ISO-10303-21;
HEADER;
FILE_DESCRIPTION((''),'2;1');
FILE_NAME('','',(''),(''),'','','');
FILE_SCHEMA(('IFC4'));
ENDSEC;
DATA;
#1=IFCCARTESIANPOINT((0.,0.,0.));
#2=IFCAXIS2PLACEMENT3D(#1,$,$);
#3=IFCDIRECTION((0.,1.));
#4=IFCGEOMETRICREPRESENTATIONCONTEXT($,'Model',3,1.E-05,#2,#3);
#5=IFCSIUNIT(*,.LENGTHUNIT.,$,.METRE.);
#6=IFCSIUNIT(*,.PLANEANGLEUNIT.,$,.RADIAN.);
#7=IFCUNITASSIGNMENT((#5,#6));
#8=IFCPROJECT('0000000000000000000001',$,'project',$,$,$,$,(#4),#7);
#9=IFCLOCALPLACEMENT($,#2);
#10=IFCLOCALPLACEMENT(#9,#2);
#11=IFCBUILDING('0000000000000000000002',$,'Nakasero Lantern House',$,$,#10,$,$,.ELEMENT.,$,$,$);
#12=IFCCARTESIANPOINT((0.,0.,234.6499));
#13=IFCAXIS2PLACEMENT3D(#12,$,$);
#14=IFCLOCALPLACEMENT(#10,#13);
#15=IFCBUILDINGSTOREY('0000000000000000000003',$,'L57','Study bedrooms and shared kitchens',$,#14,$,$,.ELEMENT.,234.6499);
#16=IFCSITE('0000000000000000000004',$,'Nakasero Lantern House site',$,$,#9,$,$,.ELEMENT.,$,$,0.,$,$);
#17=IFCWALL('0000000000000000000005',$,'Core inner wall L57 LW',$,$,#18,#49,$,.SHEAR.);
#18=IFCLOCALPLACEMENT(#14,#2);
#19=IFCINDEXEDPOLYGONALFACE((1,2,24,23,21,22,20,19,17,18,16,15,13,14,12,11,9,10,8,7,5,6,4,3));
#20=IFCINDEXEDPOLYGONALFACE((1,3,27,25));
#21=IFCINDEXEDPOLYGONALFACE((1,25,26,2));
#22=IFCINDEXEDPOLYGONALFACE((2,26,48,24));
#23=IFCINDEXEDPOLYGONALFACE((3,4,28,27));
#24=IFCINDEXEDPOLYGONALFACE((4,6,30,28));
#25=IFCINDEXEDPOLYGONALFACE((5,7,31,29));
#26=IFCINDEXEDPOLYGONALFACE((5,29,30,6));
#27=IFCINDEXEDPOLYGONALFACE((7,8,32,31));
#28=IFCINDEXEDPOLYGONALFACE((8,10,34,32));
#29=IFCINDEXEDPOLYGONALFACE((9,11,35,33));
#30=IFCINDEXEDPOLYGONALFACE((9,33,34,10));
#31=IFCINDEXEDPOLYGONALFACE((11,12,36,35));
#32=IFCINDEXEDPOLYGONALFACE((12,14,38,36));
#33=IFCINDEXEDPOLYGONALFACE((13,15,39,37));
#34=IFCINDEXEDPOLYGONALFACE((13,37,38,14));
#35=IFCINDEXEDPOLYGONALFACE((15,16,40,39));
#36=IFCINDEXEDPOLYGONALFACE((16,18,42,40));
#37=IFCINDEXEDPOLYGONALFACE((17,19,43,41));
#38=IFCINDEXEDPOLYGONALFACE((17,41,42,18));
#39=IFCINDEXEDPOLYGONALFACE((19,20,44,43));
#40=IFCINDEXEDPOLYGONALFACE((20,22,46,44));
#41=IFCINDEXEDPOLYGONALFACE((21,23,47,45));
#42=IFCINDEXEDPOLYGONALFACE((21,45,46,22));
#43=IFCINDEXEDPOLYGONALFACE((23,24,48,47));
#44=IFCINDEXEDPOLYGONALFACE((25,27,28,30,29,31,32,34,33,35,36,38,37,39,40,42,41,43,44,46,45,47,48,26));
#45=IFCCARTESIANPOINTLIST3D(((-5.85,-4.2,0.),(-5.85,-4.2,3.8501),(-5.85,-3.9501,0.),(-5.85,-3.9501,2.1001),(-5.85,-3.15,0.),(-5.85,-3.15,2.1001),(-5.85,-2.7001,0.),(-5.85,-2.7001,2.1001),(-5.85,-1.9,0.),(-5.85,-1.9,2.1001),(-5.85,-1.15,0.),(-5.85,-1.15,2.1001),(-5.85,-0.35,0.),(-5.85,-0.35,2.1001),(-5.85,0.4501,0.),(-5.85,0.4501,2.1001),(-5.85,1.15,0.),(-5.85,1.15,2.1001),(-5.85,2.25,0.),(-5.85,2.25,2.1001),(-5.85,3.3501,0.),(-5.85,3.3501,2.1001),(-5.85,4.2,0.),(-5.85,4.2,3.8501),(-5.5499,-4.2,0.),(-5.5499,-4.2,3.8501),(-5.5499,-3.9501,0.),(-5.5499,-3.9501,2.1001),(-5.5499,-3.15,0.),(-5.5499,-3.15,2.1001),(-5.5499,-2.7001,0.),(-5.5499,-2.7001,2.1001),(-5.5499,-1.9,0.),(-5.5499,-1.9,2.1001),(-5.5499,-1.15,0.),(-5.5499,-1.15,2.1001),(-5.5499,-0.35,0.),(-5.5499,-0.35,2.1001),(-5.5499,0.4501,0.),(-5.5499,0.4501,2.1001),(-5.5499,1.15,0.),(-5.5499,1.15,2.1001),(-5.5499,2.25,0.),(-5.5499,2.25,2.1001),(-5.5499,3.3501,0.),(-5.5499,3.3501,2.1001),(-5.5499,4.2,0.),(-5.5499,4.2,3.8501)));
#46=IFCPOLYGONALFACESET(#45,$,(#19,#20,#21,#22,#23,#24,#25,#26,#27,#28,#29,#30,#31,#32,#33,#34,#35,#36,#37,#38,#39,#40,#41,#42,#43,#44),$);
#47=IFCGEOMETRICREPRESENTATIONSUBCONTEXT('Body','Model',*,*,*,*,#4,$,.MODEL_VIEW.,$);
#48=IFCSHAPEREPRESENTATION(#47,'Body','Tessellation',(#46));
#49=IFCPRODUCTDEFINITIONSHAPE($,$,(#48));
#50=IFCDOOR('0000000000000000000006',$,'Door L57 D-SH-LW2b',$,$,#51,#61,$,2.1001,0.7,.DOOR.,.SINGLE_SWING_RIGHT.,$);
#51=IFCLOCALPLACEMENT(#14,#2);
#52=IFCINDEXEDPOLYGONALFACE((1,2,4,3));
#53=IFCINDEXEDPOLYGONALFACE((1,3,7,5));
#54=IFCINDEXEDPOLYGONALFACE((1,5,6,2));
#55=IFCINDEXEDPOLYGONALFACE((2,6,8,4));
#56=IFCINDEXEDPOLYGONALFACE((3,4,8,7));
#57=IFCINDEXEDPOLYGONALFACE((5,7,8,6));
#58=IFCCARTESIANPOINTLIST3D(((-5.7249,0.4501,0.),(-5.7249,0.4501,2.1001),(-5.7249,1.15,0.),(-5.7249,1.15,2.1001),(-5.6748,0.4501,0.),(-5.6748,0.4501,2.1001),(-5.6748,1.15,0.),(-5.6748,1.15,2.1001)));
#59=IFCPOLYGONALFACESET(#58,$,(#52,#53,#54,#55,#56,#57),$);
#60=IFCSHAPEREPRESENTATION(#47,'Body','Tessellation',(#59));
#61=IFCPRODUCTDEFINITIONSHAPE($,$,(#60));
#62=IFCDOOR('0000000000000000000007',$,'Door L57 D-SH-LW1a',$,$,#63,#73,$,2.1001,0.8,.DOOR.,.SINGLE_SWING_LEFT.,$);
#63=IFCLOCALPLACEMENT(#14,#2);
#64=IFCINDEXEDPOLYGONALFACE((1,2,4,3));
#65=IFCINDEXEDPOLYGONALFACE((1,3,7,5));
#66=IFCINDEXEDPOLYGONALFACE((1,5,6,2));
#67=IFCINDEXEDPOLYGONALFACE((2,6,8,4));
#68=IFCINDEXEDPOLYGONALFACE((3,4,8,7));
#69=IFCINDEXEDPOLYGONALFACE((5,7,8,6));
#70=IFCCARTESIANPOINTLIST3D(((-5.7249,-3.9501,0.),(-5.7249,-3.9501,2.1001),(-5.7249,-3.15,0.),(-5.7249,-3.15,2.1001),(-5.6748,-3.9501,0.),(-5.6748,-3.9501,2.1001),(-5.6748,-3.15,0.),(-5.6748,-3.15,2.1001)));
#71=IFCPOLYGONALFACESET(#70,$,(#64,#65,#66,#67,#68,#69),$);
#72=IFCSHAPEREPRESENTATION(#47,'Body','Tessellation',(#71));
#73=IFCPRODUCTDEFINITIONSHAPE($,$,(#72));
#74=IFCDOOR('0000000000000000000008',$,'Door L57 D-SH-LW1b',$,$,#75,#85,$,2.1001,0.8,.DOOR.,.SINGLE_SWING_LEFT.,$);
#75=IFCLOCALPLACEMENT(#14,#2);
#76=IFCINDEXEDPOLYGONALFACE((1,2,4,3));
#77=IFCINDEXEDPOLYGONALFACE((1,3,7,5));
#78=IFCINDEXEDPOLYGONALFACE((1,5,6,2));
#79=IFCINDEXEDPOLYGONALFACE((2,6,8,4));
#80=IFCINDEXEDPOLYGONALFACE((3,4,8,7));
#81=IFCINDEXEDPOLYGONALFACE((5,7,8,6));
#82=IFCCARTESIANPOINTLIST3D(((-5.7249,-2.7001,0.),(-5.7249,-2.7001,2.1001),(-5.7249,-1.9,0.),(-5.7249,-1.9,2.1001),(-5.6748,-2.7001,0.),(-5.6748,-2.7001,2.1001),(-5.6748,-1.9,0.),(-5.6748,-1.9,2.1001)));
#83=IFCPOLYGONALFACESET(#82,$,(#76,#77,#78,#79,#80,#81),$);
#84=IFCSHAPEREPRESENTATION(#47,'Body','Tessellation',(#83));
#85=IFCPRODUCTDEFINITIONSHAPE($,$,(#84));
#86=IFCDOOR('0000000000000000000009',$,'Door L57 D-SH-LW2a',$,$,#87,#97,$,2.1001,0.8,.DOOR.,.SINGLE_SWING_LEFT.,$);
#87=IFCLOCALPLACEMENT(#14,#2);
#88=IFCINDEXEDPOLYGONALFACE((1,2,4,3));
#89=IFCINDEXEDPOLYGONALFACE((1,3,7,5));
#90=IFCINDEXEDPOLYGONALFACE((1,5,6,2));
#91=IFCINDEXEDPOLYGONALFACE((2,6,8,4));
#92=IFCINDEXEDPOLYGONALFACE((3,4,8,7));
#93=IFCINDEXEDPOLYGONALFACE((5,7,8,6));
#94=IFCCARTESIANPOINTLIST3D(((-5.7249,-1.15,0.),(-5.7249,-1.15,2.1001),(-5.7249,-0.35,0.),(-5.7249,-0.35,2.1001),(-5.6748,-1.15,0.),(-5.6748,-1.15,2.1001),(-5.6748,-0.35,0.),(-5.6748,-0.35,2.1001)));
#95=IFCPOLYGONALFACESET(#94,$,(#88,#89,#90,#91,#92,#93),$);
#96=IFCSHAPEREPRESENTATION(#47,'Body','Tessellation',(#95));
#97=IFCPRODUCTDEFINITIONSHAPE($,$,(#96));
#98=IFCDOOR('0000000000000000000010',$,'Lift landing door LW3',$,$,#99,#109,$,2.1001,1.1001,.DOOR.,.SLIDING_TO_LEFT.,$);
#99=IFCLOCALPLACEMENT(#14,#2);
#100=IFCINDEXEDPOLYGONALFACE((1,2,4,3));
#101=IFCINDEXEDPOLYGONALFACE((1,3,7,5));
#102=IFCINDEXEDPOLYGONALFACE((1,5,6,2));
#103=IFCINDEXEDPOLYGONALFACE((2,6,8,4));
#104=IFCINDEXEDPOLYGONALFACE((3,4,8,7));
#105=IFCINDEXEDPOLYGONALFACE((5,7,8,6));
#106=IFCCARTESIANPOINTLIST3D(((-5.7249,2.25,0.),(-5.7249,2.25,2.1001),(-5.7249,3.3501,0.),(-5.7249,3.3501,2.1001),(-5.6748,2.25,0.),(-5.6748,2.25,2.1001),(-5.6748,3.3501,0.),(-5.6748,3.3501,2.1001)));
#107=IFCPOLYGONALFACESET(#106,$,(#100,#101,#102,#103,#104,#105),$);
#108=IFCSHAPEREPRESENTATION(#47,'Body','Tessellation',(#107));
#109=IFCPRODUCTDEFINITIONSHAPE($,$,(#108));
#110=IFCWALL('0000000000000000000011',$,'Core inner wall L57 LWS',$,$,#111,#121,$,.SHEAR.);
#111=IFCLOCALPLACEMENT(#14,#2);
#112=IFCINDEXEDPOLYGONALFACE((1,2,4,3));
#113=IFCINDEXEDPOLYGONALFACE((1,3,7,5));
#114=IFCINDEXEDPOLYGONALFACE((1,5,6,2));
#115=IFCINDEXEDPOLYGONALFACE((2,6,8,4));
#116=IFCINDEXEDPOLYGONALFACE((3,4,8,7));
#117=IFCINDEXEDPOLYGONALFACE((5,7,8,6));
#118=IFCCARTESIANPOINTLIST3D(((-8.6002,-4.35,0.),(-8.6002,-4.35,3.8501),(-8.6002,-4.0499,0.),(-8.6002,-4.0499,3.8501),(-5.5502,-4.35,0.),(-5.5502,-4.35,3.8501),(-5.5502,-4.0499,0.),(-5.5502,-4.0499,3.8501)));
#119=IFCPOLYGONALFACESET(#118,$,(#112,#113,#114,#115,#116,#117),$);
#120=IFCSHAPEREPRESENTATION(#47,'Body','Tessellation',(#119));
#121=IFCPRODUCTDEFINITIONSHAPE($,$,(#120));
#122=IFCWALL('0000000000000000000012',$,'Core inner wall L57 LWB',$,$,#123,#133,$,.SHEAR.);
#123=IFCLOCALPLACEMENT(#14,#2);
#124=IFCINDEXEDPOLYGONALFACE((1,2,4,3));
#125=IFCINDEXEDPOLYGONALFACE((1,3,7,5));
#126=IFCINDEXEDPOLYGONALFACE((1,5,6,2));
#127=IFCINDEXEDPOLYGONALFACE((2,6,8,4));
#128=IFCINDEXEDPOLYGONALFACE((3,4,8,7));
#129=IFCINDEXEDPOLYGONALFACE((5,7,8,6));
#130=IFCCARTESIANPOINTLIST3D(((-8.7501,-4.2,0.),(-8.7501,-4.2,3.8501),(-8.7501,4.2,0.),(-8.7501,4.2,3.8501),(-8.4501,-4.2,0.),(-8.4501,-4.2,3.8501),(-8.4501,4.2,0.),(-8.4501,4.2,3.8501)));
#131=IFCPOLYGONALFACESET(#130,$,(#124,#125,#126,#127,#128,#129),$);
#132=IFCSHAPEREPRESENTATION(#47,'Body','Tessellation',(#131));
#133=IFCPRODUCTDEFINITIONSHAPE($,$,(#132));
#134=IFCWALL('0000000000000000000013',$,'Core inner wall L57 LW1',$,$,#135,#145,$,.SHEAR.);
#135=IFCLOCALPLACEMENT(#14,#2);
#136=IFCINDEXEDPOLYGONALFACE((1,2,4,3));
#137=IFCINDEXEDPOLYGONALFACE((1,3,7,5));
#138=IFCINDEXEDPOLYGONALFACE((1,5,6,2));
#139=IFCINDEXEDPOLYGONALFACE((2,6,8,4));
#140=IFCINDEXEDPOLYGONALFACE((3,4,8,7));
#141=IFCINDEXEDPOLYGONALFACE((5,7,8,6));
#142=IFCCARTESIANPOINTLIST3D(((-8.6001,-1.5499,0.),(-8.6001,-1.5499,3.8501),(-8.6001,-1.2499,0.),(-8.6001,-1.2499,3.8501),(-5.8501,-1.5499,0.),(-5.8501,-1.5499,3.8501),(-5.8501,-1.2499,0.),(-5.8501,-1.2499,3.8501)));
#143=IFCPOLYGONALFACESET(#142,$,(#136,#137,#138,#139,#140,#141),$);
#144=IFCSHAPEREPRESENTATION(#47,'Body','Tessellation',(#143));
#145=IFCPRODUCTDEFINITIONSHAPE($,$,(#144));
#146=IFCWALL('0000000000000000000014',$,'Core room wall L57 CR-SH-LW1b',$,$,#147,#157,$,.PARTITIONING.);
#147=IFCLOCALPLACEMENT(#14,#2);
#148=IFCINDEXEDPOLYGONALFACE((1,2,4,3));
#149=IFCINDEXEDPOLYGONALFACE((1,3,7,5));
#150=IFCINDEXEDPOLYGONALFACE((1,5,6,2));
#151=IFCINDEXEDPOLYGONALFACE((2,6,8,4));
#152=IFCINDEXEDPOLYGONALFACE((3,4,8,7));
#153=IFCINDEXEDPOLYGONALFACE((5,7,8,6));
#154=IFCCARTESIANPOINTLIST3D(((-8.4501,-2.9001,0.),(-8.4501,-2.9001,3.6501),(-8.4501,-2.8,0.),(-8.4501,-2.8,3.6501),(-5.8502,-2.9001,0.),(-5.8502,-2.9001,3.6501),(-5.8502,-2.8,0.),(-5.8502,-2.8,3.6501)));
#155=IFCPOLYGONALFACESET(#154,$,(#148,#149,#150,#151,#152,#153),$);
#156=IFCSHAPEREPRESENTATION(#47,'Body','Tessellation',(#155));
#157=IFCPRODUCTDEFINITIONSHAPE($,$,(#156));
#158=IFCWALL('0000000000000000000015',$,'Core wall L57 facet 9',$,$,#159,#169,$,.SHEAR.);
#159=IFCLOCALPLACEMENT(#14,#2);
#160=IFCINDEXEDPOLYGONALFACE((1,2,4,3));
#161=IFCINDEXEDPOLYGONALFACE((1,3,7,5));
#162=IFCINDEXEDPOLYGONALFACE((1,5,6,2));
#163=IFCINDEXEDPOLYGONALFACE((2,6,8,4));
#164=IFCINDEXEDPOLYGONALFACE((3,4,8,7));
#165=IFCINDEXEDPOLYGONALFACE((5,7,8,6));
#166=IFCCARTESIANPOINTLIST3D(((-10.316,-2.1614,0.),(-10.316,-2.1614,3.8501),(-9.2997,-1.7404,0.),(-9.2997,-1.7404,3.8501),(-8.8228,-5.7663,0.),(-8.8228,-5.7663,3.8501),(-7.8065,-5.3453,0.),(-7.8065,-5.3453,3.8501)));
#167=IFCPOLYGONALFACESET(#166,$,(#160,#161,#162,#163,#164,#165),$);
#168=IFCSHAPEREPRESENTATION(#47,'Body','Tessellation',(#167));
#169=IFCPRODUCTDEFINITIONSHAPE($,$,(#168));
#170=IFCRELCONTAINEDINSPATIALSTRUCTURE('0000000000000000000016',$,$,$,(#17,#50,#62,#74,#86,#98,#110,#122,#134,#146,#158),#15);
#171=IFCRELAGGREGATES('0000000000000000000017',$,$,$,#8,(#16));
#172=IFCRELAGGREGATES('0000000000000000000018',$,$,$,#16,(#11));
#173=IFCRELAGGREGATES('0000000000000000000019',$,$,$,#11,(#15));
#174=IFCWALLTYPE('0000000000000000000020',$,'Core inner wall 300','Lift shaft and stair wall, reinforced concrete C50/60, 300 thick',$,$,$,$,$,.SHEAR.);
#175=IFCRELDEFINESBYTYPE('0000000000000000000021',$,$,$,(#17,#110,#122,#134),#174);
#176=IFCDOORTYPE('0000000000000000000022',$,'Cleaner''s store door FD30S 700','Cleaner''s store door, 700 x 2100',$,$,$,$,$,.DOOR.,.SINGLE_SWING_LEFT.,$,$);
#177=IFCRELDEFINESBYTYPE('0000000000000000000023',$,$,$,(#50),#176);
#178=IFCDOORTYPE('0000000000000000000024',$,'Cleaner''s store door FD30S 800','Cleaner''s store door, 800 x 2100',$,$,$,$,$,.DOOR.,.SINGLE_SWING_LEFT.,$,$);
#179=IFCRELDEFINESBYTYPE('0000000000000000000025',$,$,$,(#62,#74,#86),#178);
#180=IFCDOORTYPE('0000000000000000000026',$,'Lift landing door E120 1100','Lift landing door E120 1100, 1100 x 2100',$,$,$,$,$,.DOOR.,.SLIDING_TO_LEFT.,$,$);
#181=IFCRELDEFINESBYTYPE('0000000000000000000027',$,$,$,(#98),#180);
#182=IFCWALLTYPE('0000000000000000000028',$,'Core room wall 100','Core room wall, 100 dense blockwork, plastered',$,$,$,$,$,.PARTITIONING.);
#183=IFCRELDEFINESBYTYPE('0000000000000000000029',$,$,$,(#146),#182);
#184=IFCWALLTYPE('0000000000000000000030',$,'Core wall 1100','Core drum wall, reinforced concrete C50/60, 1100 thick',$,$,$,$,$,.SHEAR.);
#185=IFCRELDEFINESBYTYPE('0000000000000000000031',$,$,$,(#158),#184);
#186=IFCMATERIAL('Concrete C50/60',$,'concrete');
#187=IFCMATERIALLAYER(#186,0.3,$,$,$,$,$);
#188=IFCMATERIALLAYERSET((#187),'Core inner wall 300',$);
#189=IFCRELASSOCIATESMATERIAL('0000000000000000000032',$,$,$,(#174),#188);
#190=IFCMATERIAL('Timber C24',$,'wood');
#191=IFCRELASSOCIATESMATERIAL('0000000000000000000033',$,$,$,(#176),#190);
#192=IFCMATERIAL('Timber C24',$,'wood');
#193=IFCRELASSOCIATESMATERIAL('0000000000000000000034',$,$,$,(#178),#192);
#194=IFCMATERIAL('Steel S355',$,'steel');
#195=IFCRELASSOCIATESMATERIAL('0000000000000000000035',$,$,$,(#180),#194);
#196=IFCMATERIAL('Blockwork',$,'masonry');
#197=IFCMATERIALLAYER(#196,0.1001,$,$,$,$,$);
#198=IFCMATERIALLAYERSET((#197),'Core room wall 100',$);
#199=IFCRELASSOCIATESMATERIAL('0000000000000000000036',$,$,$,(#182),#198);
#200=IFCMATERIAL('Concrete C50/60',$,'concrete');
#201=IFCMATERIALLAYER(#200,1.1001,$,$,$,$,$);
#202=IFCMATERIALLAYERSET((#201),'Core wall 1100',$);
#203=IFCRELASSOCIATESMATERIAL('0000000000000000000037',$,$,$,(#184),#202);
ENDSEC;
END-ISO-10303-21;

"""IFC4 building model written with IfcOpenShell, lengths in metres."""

from ifc_helpers import new_model, si_unit, direction, frame, frame_2d, origin, place, context, subcontext, project, spatial, rectangle, extrude, material, layer, layer_set, type_object, element, fill, save


model = new_model("IFC4")

# Units and contexts
model_context = context("Model", 3, precision=1e-05, world=origin(), true_north=direction((0.0, 1.0)))
body_context = subcontext(model_context, "Body", "Model", "MODEL_VIEW")
ifc_project = project(units=[si_unit("LENGTHUNIT", "METRE"), si_unit("PLANEANGLEUNIT", "RADIAN")], contexts=[model_context])

# Site, building, storey
site_placement = place(None, origin())
site = spatial("IfcSite", under=ifc_project, at=site_placement, Name="Nakasero Lantern House site", CompositionType="ELEMENT", RefElevation=0.0)
building_placement = place(site_placement, origin())
building = spatial("IfcBuilding", under=site, at=building_placement, Name="Nakasero Lantern House", CompositionType="ELEMENT")
storey_placement = place(building_placement, frame((0.0, 0.0, 234.6499)))
storey = spatial("IfcBuildingStorey", under=building, at=storey_placement, Name="L57", Description="Study bedrooms and shared kitchens", CompositionType="ELEMENT", Elevation=234.6499)

# Wall, openings, doors
ifc_material_1 = material(Name="Concrete C50/60", Category="concrete")
ifc_layer_1 = layer(ifc_material_1, 0.3)
ifc_layer_set_1 = layer_set([ifc_layer_1], Name="Core inner wall 300")
wall_type_1 = type_object("IfcWallType", Name="Core inner wall 300", Description="Lift shaft and stair wall, reinforced concrete C50/60, 300 thick", PredefinedType="SHEAR", material=ifc_layer_set_1)
wall_1_placement = place(storey_placement, frame((-5.7, -4.2, 0.0), z_axis=(0.0, 0.0, 1.0), x_axis=(0.0, 1.0, 0.0)))
wall_1 = element("IfcWall", 1, at=wall_1_placement, inside=storey, type_object=wall_type_1, Name="Core inner wall L57 LW", PredefinedType="SHEAR", context=body_context, shape_type="SweptSolid", body=[
    extrude(rectangle(XDim=8.3999, YDim=0.3, at=frame_2d((4.2, 0.0))), origin(), (0.0, 0.0, 1.0), 3.8501),
])
opening_1_placement = place(wall_1_placement, frame((0.25, 0.0, 0.0)))
opening_1 = element("IfcOpeningElement", 2, at=opening_1_placement, cuts=wall_1, PredefinedType="OPENING", context=body_context, shape_type="SweptSolid", body=[
    extrude(rectangle(XDim=0.8, YDim=2.1001, at=frame_2d((0.3999, 1.05))), frame((0.0, 0.1699, 0.0), z_axis=(0.0, -1.0, 0.0), x_axis=(1.0, 0.0, 0.0)), (0.0, 0.0, 1.0), 0.3401),
])
opening_2_placement = place(wall_1_placement, frame((1.5, 0.0, 0.0)))
opening_2 = element("IfcOpeningElement", 3, at=opening_2_placement, cuts=wall_1, PredefinedType="OPENING", context=body_context, shape_type="SweptSolid", body=[
    extrude(rectangle(XDim=0.8, YDim=2.1001, at=frame_2d((0.3999, 1.05))), frame((0.0, 0.1699, 0.0), z_axis=(0.0, -1.0, 0.0), x_axis=(1.0, 0.0, 0.0)), (0.0, 0.0, 1.0), 0.3401),
])
opening_3_placement = place(wall_1_placement, frame((3.05, 0.0, 0.0)))
opening_3 = element("IfcOpeningElement", 4, at=opening_3_placement, cuts=wall_1, PredefinedType="OPENING", context=body_context, shape_type="SweptSolid", body=[
    extrude(rectangle(XDim=0.8, YDim=2.1001, at=frame_2d((0.3999, 1.05))), frame((0.0, 0.1699, 0.0), z_axis=(0.0, -1.0, 0.0), x_axis=(1.0, 0.0, 0.0)), (0.0, 0.0, 1.0), 0.3401),
])
opening_4_placement = place(wall_1_placement, frame((4.6499, 0.0, 0.0)))
opening_4 = element("IfcOpeningElement", 5, at=opening_4_placement, cuts=wall_1, PredefinedType="OPENING", context=body_context, shape_type="SweptSolid", body=[
    extrude(rectangle(XDim=0.7, YDim=2.1001, at=frame_2d((0.3501, 1.05))), frame((0.0, 0.1699, 0.0), z_axis=(0.0, -1.0, 0.0), x_axis=(1.0, 0.0, 0.0)), (0.0, 0.0, 1.0), 0.3401),
])
opening_5_placement = place(wall_1_placement, frame((6.45, 0.0, 0.0)))
opening_5 = element("IfcOpeningElement", 6, at=opening_5_placement, cuts=wall_1, PredefinedType="OPENING", context=body_context, shape_type="SweptSolid", body=[
    extrude(rectangle(XDim=1.1001, YDim=2.1001, at=frame_2d((0.55, 1.05))), frame((0.0, 0.1699, 0.0), z_axis=(0.0, -1.0, 0.0), x_axis=(1.0, 0.0, 0.0)), (0.0, 0.0, 1.0), 0.3401),
])
ifc_material_2 = material(Name="Timber C24", Category="wood")
door_type_1 = type_object("IfcDoorType", Name="Cleaner's store door FD30S 700", Description="Cleaner's store door, 700 x 2100", OperationType="SINGLE_SWING_LEFT", PredefinedType="DOOR", material=ifc_material_2)
door_1_placement = place(opening_4_placement, origin())
door_1 = element("IfcDoor", 7, at=door_1_placement, inside=storey, type_object=door_type_1, Name="Door L57 D-SH-LW2b", OperationType="SINGLE_SWING_RIGHT", OverallHeight=2.1001, OverallWidth=0.7, PredefinedType="DOOR", context=body_context, shape_type="SweptSolid", body=[
    extrude(rectangle(XDim=0.7, YDim=2.1001, at=frame_2d((0.3501, 1.05))), frame((0.0, 0.0249, 0.0), z_axis=(0.0, -1.0, 0.0), x_axis=(1.0, 0.0, 0.0)), (0.0, 0.0, 1.0), 0.05),
])
fill(opening_4, door_1)
ifc_material_3 = material(Name="Timber C24", Category="wood")
door_type_2 = type_object("IfcDoorType", Name="Cleaner's store door FD30S 800", Description="Cleaner's store door, 800 x 2100", OperationType="SINGLE_SWING_LEFT", PredefinedType="DOOR", material=ifc_material_3)
door_2_placement = place(opening_1_placement, origin())
door_2 = element("IfcDoor", 8, at=door_2_placement, inside=storey, type_object=door_type_2, Name="Door L57 D-SH-LW1a", OperationType="SINGLE_SWING_LEFT", OverallHeight=2.1001, OverallWidth=0.8, PredefinedType="DOOR", context=body_context, shape_type="SweptSolid", body=[
    extrude(rectangle(XDim=0.8, YDim=2.1001, at=frame_2d((0.3999, 1.05))), frame((0.0, 0.0249, 0.0), z_axis=(0.0, -1.0, 0.0), x_axis=(1.0, 0.0, 0.0)), (0.0, 0.0, 1.0), 0.05),
])
fill(opening_1, door_2)
door_3_placement = place(opening_2_placement, origin())
door_3 = element("IfcDoor", 9, at=door_3_placement, inside=storey, type_object=door_type_2, Name="Door L57 D-SH-LW1b", OperationType="SINGLE_SWING_LEFT", OverallHeight=2.1001, OverallWidth=0.8, PredefinedType="DOOR", context=body_context, shape_type="SweptSolid", body=[
    extrude(rectangle(XDim=0.8, YDim=2.1001, at=frame_2d((0.3999, 1.05))), frame((0.0, 0.0249, 0.0), z_axis=(0.0, -1.0, 0.0), x_axis=(1.0, 0.0, 0.0)), (0.0, 0.0, 1.0), 0.05),
])
fill(opening_2, door_3)
door_4_placement = place(opening_3_placement, origin())
door_4 = element("IfcDoor", 10, at=door_4_placement, inside=storey, type_object=door_type_2, Name="Door L57 D-SH-LW2a", OperationType="SINGLE_SWING_LEFT", OverallHeight=2.1001, OverallWidth=0.8, PredefinedType="DOOR", context=body_context, shape_type="SweptSolid", body=[
    extrude(rectangle(XDim=0.8, YDim=2.1001, at=frame_2d((0.3999, 1.05))), frame((0.0, 0.0249, 0.0), z_axis=(0.0, -1.0, 0.0), x_axis=(1.0, 0.0, 0.0)), (0.0, 0.0, 1.0), 0.05),
])
fill(opening_3, door_4)
ifc_material_4 = material(Name="Steel S355", Category="steel")
door_type_3 = type_object("IfcDoorType", Name="Lift landing door E120 1100", Description="Lift landing door E120 1100, 1100 x 2100", OperationType="SLIDING_TO_LEFT", PredefinedType="DOOR", material=ifc_material_4)
door_5_placement = place(opening_5_placement, origin())
door_5 = element("IfcDoor", 11, at=door_5_placement, inside=storey, type_object=door_type_3, Name="Lift landing door LW3", OperationType="SLIDING_TO_LEFT", OverallHeight=2.1001, OverallWidth=1.1001, PredefinedType="DOOR", context=body_context, shape_type="SweptSolid", body=[
    extrude(rectangle(XDim=1.1001, YDim=2.1001, at=frame_2d((0.55, 1.05))), frame((0.0, 0.0249, 0.0), z_axis=(0.0, -1.0, 0.0), x_axis=(1.0, 0.0, 0.0)), (0.0, 0.0, 1.0), 0.05),
])
fill(opening_5, door_5)

# Walls
wall_2_placement = place(storey_placement, frame((-8.6001, -4.2, 0.0), z_axis=(0.0, 0.0, 1.0), x_axis=(1.0, 0.0, 0.0)))
element("IfcWall", 12, at=wall_2_placement, inside=storey, type_object=wall_type_1, Name="Core inner wall L57 LWS", PredefinedType="SHEAR", context=body_context, shape_type="SweptSolid", body=[
    extrude(rectangle(XDim=3.05, YDim=0.3, at=frame_2d((1.5249, 0.0))), origin(), (0.0, 0.0, 1.0), 3.8501),
])
wall_3_placement = place(storey_placement, frame((-8.6001, -4.2, 0.0), z_axis=(0.0, 0.0, 1.0), x_axis=(0.0, 1.0, 0.0)))
element("IfcWall", 13, at=wall_3_placement, inside=storey, type_object=wall_type_1, Name="Core inner wall L57 LWB", PredefinedType="SHEAR", context=body_context, shape_type="SweptSolid", body=[
    extrude(rectangle(XDim=8.3999, YDim=0.3, at=frame_2d((4.2, 0.0))), origin(), (0.0, 0.0, 1.0), 3.8501),
])
wall_4_placement = place(storey_placement, frame((-8.6001, -1.3999, 0.0), z_axis=(0.0, 0.0, 1.0), x_axis=(1.0, 0.0, 0.0)))
element("IfcWall", 14, at=wall_4_placement, inside=storey, type_object=wall_type_1, Name="Core inner wall L57 LW1", PredefinedType="SHEAR", context=body_context, shape_type="SweptSolid", body=[
    extrude(rectangle(XDim=2.75, YDim=0.3, at=frame_2d((1.375, 0.0))), origin(), (0.0, 0.0, 1.0), 3.8501),
])
ifc_material_5 = material(Name="Blockwork", Category="masonry")
ifc_layer_2 = layer(ifc_material_5, 0.1001)
ifc_layer_set_2 = layer_set([ifc_layer_2], Name="Core room wall 100")
wall_type_2 = type_object("IfcWallType", Name="Core room wall 100", Description="Core room wall, 100 dense blockwork, plastered", PredefinedType="PARTITIONING", material=ifc_layer_set_2)
wall_5_placement = place(storey_placement, frame((-8.45, -2.8501, 0.0), z_axis=(0.0, 0.0, 1.0), x_axis=(1.0, 0.0, 0.0)))
element("IfcWall", 15, at=wall_5_placement, inside=storey, type_object=wall_type_2, Name="Core room wall L57 CR-SH-LW1b", PredefinedType="PARTITIONING", context=body_context, shape_type="SweptSolid", body=[
    extrude(rectangle(XDim=2.5999, YDim=0.1001, at=frame_2d((1.2998, 0.0))), origin(), (0.0, 0.0, 1.0), 3.6501),
])
ifc_material_6 = material(Name="Concrete C50/60", Category="concrete")
ifc_layer_3 = layer(ifc_material_6, 1.1001)
ifc_layer_set_3 = layer_set([ifc_layer_3], Name="Core wall 1100")
wall_type_3 = type_object("IfcWallType", Name="Core wall 1100", Description="Core drum wall, reinforced concrete C50/60, 1100 thick", PredefinedType="SHEAR", material=ifc_layer_set_3)
wall_6_placement = place(storey_placement, frame((-9.8079, -1.9509, 0.0), z_axis=(0.0, 0.0, 1.0), x_axis=(0.382691, -0.923877, 0.0)))
element("IfcWall", 16, at=wall_6_placement, inside=storey, type_object=wall_type_3, Name="Core wall L57 facet 9", PredefinedType="SHEAR", context=body_context, shape_type="SweptSolid", body=[
    extrude(rectangle(XDim=3.9019, YDim=1.1001, at=frame_2d((1.9509, 0.0))), origin(), (0.0, 0.0, 1.0), 3.8501),
])

save(model, "model.ifc")
